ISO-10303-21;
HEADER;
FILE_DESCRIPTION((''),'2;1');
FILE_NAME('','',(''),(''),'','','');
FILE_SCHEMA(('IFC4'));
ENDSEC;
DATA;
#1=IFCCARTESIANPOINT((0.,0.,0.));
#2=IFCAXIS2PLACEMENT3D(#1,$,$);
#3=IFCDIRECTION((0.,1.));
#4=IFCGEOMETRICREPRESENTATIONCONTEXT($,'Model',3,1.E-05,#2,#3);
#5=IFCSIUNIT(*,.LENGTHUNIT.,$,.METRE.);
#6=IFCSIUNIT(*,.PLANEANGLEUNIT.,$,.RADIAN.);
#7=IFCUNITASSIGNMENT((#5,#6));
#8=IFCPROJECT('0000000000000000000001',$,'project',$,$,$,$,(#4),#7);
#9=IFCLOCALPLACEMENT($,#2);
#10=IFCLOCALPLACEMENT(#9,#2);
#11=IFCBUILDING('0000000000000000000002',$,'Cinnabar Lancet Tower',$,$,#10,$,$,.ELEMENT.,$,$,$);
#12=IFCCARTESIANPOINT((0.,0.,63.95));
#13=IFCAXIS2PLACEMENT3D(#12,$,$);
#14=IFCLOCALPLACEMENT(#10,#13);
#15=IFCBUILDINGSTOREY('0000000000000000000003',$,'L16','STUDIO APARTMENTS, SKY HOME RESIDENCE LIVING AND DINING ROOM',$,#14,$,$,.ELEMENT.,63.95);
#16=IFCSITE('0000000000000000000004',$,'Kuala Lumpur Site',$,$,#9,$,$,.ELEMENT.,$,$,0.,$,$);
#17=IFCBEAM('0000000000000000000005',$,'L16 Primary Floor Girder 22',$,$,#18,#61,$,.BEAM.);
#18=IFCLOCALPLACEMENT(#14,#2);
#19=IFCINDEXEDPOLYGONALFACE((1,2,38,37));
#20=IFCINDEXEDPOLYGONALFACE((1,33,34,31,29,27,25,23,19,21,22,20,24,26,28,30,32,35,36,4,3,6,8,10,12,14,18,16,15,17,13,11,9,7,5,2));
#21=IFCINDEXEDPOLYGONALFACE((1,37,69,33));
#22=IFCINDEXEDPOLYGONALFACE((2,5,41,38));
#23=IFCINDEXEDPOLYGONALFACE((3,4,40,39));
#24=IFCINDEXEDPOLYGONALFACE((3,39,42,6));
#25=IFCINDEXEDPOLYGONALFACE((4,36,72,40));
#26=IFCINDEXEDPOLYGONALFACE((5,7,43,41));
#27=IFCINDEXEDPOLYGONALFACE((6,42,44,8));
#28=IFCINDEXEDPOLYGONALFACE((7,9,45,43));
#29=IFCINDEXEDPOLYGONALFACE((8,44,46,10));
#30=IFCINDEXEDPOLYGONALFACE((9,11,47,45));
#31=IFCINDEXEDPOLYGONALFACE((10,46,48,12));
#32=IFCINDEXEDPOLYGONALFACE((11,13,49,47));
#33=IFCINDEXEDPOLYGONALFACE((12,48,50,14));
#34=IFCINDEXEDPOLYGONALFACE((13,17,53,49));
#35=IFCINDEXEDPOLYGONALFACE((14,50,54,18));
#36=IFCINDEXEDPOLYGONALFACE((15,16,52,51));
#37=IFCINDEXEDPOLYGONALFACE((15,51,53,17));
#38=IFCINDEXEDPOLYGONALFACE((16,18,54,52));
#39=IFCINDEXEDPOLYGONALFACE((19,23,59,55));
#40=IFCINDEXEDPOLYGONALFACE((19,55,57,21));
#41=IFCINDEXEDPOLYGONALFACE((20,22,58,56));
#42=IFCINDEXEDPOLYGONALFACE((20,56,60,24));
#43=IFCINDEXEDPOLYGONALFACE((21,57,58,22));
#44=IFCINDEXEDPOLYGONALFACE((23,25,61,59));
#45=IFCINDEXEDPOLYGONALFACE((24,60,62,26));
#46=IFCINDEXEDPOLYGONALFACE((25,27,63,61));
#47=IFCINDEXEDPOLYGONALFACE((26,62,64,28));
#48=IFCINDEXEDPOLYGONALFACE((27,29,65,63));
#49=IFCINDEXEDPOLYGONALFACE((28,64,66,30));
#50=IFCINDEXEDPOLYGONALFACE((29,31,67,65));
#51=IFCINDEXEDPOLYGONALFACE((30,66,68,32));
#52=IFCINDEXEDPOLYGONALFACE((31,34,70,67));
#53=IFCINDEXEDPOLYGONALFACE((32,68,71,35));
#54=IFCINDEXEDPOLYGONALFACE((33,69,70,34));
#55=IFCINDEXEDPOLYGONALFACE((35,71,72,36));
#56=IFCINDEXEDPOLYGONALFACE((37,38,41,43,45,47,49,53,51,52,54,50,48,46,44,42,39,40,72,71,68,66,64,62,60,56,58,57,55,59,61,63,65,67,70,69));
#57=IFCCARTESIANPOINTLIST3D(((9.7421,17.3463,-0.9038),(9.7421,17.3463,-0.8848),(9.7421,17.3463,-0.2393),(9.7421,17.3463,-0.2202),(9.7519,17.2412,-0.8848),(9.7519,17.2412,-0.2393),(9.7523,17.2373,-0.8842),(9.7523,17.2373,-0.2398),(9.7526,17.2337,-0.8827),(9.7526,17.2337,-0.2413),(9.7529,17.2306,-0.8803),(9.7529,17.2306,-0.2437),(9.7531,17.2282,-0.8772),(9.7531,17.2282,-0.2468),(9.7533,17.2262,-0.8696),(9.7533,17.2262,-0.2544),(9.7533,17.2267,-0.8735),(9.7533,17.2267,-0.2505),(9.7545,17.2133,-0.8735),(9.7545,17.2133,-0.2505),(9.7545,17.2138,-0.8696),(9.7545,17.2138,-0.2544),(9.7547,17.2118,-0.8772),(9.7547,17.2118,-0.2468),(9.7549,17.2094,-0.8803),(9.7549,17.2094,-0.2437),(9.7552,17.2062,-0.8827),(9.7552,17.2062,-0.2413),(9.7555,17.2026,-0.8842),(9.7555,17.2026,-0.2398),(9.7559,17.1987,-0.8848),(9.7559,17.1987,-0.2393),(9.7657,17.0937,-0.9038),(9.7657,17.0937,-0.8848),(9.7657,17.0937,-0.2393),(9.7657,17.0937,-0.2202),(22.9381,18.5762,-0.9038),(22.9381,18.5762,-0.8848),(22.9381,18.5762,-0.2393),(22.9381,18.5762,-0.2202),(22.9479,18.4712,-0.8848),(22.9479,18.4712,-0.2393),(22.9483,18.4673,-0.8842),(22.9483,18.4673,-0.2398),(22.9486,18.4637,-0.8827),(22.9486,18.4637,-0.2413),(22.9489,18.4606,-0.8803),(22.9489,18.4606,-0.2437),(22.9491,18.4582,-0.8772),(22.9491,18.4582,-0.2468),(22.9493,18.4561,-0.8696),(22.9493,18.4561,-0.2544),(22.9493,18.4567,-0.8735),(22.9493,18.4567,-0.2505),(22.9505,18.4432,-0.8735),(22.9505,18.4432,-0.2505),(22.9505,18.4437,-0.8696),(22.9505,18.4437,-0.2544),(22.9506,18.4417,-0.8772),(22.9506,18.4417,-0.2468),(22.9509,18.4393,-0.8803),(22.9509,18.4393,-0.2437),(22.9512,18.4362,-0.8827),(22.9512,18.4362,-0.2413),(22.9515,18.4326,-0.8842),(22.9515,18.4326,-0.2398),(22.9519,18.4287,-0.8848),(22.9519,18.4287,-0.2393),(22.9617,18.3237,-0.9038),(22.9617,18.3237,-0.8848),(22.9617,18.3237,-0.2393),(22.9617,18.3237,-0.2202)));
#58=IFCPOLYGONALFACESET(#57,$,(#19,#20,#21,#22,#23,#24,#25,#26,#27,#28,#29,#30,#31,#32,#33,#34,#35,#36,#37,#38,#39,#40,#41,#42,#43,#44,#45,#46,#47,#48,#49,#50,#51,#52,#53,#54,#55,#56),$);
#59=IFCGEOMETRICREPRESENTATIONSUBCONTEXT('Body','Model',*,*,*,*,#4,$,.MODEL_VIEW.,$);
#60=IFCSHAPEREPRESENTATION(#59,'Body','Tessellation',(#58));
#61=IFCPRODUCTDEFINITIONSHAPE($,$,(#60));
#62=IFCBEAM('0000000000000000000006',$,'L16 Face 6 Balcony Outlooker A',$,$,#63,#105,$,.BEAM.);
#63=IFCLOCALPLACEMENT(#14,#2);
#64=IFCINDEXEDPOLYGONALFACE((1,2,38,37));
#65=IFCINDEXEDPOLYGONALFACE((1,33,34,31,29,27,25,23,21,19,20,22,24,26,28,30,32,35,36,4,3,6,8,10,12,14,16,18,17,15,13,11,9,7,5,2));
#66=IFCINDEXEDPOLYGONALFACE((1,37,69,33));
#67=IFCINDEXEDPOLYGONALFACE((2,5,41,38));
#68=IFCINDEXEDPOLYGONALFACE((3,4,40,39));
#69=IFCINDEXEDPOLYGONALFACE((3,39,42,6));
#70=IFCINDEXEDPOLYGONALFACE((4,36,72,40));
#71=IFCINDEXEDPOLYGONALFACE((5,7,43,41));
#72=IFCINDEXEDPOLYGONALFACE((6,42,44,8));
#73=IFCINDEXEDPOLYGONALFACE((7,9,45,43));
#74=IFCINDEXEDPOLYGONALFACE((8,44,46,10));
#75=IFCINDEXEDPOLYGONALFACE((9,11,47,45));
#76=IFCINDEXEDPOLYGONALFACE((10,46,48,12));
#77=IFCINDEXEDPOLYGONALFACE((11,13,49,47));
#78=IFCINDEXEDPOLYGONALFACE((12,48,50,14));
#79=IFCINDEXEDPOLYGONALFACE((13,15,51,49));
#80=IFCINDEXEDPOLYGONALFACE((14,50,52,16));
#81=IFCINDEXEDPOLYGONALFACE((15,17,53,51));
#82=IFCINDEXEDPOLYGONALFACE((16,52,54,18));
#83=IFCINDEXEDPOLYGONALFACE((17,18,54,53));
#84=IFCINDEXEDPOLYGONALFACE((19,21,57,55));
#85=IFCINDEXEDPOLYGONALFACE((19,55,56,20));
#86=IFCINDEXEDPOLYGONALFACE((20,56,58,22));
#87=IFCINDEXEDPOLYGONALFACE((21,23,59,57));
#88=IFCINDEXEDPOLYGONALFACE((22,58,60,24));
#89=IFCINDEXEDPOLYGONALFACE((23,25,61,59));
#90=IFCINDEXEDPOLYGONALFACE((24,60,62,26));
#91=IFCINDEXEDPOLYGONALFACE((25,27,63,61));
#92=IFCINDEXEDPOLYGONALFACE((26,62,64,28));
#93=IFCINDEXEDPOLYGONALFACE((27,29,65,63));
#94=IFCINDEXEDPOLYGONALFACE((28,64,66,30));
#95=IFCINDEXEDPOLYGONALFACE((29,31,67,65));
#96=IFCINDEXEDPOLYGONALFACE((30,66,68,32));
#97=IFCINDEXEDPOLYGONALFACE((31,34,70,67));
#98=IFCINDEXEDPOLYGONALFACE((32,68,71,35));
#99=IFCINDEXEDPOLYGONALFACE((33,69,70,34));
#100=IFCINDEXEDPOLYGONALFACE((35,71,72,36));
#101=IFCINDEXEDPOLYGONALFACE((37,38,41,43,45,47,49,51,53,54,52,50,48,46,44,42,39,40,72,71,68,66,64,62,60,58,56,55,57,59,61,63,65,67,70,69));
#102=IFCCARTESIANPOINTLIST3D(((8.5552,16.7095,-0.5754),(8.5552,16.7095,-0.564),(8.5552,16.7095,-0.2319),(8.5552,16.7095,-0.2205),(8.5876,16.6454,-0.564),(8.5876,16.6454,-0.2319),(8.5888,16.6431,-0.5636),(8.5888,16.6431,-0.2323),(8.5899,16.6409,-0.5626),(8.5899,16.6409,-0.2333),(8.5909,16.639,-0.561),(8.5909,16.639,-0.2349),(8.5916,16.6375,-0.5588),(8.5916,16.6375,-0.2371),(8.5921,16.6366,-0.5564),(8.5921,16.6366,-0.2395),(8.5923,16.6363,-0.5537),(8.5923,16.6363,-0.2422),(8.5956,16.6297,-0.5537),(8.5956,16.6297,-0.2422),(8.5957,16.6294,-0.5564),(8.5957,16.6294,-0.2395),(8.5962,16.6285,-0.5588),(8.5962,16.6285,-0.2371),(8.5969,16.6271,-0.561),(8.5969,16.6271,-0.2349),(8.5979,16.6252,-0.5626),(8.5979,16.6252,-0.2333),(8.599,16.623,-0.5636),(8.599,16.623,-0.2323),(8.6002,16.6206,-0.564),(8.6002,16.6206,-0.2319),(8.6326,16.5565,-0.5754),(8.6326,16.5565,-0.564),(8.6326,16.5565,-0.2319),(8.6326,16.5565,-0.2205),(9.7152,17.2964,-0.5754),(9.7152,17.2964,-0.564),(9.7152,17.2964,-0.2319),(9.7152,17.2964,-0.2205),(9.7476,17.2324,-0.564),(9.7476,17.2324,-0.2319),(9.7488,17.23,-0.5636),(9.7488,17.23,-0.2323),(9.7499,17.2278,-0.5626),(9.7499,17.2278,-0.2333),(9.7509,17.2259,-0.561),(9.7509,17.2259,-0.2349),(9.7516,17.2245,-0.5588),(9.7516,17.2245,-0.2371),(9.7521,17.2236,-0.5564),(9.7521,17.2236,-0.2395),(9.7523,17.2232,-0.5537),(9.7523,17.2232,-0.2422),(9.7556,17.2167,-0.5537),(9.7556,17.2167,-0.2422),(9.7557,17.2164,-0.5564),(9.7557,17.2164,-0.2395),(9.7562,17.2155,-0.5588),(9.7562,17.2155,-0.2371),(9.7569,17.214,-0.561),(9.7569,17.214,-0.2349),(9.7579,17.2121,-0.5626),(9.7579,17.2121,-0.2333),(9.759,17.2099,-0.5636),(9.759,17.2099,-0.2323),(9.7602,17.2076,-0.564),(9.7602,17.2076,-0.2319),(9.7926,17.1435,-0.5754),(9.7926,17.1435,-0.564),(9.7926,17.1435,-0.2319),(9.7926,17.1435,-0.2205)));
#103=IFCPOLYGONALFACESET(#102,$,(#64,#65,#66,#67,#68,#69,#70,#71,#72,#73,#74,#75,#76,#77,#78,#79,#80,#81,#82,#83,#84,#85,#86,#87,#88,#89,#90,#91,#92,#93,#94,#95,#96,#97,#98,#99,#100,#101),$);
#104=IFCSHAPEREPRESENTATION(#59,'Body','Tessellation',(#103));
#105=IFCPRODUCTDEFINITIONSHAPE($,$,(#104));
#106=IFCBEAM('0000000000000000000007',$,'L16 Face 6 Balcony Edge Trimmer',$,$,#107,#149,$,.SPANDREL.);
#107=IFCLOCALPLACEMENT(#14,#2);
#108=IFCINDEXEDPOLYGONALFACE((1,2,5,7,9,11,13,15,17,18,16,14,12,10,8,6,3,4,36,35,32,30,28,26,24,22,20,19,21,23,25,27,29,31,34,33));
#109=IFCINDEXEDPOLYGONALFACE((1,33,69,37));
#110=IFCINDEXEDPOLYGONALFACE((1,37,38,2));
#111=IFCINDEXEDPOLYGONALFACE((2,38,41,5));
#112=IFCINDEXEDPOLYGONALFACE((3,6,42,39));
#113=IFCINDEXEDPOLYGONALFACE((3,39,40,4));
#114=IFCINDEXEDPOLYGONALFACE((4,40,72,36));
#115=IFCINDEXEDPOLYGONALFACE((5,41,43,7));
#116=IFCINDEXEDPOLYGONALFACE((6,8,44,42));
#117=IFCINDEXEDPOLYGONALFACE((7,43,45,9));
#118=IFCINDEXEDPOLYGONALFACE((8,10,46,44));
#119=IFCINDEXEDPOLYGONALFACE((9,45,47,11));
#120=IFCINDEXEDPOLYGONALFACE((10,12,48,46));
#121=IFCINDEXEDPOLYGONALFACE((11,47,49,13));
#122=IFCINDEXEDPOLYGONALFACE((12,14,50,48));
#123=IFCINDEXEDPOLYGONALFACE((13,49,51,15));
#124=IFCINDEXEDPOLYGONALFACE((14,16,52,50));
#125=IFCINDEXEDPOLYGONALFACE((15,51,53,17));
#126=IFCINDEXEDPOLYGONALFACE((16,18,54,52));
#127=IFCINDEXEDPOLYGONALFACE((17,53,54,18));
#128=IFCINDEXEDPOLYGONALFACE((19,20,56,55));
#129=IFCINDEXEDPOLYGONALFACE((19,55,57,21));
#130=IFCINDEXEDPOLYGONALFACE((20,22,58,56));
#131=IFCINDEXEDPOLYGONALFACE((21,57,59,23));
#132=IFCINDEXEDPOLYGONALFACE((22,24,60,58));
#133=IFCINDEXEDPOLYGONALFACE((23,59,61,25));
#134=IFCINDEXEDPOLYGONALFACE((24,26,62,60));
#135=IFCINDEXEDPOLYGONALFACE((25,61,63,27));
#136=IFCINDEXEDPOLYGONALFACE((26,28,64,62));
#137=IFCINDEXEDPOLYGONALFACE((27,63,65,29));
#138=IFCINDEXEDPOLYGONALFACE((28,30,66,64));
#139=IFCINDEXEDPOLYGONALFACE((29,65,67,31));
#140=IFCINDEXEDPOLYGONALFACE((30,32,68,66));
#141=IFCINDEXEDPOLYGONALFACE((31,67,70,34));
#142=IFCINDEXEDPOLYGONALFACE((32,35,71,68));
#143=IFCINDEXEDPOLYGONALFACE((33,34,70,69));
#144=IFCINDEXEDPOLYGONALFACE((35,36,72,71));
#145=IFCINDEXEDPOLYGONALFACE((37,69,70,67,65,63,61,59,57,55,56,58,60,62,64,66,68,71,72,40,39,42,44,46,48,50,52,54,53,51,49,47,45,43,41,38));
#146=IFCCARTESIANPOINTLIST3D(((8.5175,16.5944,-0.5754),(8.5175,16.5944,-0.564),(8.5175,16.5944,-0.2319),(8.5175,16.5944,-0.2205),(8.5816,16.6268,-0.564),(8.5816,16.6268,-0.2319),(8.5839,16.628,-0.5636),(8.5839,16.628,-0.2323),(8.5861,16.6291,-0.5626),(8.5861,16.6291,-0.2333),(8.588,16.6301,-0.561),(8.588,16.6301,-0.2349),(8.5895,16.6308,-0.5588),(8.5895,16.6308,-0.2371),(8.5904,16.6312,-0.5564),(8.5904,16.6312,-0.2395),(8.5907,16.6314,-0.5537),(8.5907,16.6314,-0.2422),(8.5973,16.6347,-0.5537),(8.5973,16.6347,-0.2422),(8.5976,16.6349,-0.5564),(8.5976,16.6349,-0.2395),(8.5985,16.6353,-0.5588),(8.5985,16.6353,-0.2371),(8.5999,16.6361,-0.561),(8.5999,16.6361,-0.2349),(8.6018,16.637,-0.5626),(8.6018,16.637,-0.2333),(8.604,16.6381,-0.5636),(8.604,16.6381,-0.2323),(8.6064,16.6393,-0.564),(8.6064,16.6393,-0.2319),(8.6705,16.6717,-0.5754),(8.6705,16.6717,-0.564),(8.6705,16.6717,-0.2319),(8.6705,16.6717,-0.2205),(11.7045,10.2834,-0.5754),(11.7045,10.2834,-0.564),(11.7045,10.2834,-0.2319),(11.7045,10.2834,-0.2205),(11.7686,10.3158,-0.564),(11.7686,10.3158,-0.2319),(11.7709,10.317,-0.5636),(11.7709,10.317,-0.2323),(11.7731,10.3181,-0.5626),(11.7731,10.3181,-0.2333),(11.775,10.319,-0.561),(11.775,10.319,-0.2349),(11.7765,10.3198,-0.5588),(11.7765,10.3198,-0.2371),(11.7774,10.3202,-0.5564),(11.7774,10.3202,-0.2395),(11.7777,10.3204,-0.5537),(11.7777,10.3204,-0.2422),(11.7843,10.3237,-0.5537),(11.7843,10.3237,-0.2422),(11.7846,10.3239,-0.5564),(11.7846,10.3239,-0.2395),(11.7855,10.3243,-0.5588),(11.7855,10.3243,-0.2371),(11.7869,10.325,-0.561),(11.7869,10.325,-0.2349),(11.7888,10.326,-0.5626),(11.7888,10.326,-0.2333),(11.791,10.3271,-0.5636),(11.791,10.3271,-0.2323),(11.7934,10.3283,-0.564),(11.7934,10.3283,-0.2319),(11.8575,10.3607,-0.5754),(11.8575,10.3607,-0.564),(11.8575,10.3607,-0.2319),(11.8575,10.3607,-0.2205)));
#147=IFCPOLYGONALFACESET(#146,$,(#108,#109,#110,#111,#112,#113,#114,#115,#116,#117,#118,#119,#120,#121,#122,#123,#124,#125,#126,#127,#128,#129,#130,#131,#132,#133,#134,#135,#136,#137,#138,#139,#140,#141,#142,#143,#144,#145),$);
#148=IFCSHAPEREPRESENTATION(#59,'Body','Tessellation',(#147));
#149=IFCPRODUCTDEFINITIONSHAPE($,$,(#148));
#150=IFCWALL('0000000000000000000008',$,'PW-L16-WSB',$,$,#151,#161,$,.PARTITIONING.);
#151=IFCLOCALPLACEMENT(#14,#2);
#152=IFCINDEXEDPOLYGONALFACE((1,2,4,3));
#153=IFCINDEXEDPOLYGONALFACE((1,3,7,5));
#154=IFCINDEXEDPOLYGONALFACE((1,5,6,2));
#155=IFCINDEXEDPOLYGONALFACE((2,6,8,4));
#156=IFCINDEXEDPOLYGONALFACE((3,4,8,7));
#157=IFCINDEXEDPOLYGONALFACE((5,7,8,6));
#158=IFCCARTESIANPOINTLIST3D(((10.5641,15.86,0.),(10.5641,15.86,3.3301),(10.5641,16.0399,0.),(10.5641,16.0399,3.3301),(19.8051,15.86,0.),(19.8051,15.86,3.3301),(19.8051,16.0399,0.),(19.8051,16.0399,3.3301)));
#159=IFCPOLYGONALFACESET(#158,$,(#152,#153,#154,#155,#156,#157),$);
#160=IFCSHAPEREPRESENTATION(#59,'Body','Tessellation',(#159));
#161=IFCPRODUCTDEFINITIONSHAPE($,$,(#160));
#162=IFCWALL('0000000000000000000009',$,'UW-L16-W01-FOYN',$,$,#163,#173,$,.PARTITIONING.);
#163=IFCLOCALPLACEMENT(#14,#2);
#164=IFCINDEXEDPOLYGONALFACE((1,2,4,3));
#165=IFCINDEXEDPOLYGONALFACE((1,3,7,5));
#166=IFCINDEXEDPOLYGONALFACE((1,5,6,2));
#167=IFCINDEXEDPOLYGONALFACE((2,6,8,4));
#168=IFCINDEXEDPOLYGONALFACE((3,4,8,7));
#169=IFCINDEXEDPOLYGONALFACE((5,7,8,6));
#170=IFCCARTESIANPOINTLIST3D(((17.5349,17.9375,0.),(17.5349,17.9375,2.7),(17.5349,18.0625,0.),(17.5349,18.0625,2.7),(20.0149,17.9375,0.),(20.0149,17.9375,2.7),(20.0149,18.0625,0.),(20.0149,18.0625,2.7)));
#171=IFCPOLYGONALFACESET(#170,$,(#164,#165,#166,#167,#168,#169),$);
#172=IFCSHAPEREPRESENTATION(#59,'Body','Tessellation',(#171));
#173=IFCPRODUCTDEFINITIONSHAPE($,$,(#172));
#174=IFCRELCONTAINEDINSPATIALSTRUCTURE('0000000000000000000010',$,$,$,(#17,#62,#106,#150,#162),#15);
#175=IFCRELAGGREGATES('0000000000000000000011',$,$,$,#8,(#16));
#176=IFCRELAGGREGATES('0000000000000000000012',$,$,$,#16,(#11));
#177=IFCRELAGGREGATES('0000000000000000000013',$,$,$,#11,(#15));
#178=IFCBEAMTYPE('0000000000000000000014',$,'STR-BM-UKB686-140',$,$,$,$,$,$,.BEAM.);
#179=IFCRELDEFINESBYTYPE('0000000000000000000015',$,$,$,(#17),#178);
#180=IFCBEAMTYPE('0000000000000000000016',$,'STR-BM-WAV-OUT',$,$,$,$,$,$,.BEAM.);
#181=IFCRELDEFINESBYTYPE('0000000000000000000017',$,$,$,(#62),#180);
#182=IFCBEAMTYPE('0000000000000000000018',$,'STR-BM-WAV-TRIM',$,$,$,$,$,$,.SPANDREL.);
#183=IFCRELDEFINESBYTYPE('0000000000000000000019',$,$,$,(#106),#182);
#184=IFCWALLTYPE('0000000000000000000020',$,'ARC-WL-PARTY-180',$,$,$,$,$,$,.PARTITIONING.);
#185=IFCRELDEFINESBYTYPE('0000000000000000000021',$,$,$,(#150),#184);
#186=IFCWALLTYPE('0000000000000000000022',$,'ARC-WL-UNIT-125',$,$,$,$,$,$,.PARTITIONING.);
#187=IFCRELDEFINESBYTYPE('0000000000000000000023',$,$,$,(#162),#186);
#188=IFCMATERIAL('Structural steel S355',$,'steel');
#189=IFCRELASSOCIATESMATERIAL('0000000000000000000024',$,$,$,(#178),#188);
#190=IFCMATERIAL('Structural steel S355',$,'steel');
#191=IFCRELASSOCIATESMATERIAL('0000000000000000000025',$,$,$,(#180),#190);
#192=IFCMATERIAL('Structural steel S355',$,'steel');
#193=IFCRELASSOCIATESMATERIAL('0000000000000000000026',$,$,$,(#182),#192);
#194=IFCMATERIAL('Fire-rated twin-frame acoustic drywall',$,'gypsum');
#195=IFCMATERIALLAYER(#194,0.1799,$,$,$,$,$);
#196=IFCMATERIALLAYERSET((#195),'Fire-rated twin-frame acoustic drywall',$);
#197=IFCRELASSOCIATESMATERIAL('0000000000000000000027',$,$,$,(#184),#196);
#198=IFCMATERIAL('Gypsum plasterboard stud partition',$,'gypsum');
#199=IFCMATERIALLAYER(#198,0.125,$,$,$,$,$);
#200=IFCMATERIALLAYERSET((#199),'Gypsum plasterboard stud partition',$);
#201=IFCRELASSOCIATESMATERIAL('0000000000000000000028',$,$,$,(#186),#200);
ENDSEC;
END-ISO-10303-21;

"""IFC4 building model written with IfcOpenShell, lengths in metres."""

from ifc_helpers import new_model, si_unit, direction, frame, frame_2d, origin, origin_2d, place, context, subcontext, project, spatial, rectangle, i_section, extrude, material, layer, layer_set, material_profile, profile_set, type_object, element, save


model = new_model("IFC4")

# Units and contexts
model_context = context("Model", 3, precision=1e-05, world=origin(), true_north=direction((0.0, 1.0)))
body_context = subcontext(model_context, "Body", "Model", "MODEL_VIEW")
ifc_project = project(units=[si_unit("LENGTHUNIT", "METRE"), si_unit("PLANEANGLEUNIT", "RADIAN")], contexts=[model_context])

# Site, building, storey
site_placement = place(None, origin())
site = spatial("IfcSite", under=ifc_project, at=site_placement, Name="Kuala Lumpur Site", CompositionType="ELEMENT", RefElevation=0.0)
building_placement = place(site_placement, origin())
building = spatial("IfcBuilding", under=site, at=building_placement, Name="Cinnabar Lancet Tower", CompositionType="ELEMENT")
storey_placement = place(building_placement, frame((0.0, 0.0, 63.95)))
storey = spatial("IfcBuildingStorey", under=building, at=storey_placement, Name="L16", Description="STUDIO APARTMENTS, SKY HOME RESIDENCE LIVING AND DINING ROOM", CompositionType="ELEMENT", Elevation=63.95)

# Beams
ifc_material_1 = material(Name="Structural steel S355", Category="steel")
ifc_material_profile_1 = material_profile(ifc_material_1, i_section(OverallWidth=0.2537, OverallDepth=0.6836, WebThickness=0.0125, FlangeThickness=0.019, FilletRadius=0.0151, at=origin_2d()), Name="UKB 686x254x140")
ifc_profile_set_1 = profile_set([ifc_material_profile_1], Name="Structural steel S355")
beam_type_1 = type_object("IfcBeamType", Name="STR-BM-UKB686-140", PredefinedType="BEAM", material=ifc_profile_set_1)
beam_1_placement = place(storey_placement, frame((9.7539, 17.22, -0.562), z_axis=(0.995684, 0.092806, 0.0), x_axis=(-0.092806, 0.995684, 0.0)))
element("IfcBeam", 1, at=beam_1_placement, inside=storey, type_object=beam_type_1, Name="L16 Primary Floor Girder 22", PredefinedType="BEAM", context=body_context, shape_type="SweptSolid", body=[
    extrude(i_section(OverallWidth=0.2537, OverallDepth=0.6836, WebThickness=0.0125, FlangeThickness=0.019, FilletRadius=0.0151, at=origin_2d()), origin(), (0.0, 0.0, 1.0), 13.2532),
])
ifc_material_2 = material(Name="Structural steel S355", Category="steel")
ifc_material_profile_2 = material_profile(ifc_material_2, i_section(OverallWidth=0.1714, OverallDepth=0.355, WebThickness=0.0073, FlangeThickness=0.0115, FilletRadius=0.0103, at=origin_2d()), Name="UKB 356x171x51")
ifc_profile_set_2 = profile_set([ifc_material_profile_2], Name="Structural steel S355")
beam_type_2 = type_object("IfcBeamType", Name="STR-BM-WAV-OUT", PredefinedType="BEAM", material=ifc_profile_set_2)
beam_2_placement = place(storey_placement, frame((9.7539, 17.22, -0.3979), z_axis=(-0.892276, -0.45149, 0.0), x_axis=(0.45149, -0.892276, 0.0)))
element("IfcBeam", 2, at=beam_2_placement, inside=storey, type_object=beam_type_2, Name="L16 Face 6 Balcony Outlooker A", PredefinedType="BEAM", context=body_context, shape_type="SweptSolid", body=[
    extrude(i_section(OverallWidth=0.1714, OverallDepth=0.355, WebThickness=0.0073, FlangeThickness=0.0115, FilletRadius=0.0103, at=origin_2d()), origin(), (0.0, 0.0, 1.0), 1.3),
])
ifc_material_3 = material(Name="Structural steel S355", Category="steel")
ifc_material_profile_3 = material_profile(ifc_material_3, i_section(OverallWidth=0.1714, OverallDepth=0.355, WebThickness=0.0073, FlangeThickness=0.0115, FilletRadius=0.0103, at=origin_2d()), Name="UKB 356x171x51")
ifc_profile_set_3 = profile_set([ifc_material_profile_3], Name="Structural steel S355")
beam_type_3 = type_object("IfcBeamType", Name="STR-BM-WAV-TRIM", PredefinedType="SPANDREL", material=ifc_profile_set_3)
beam_3_placement = place(storey_placement, frame((8.594, 16.6331, -0.3979), z_axis=(0.450774, -0.892638, 0.0), x_axis=(0.892638, 0.450774, 0.0)))
element("IfcBeam", 3, at=beam_3_placement, inside=storey, type_object=beam_type_3, Name="L16 Face 6 Balcony Edge Trimmer", PredefinedType="SPANDREL", context=body_context, shape_type="SweptSolid", body=[
    extrude(i_section(OverallWidth=0.1714, OverallDepth=0.355, WebThickness=0.0073, FlangeThickness=0.0115, FilletRadius=0.0103, at=origin_2d()), origin(), (0.0, 0.0, 1.0), 7.0701),
])

# Walls
ifc_material_4 = material(Name="Fire-rated twin-frame acoustic drywall", Category="gypsum")
ifc_layer_1 = layer(ifc_material_4, 0.1799)
ifc_layer_set_1 = layer_set([ifc_layer_1], Name="Fire-rated twin-frame acoustic drywall")
wall_type_1 = type_object("IfcWallType", Name="ARC-WL-PARTY-180", PredefinedType="PARTITIONING", material=ifc_layer_set_1)
wall_1_placement = place(storey_placement, frame((10.564, 15.95, 0.0), z_axis=(0.0, 0.0, 1.0), x_axis=(1.0, 0.0, 0.0)))
element("IfcWall", 4, at=wall_1_placement, inside=storey, type_object=wall_type_1, Name="PW-L16-WSB", PredefinedType="PARTITIONING", context=body_context, shape_type="SweptSolid", body=[
    extrude(rectangle(XDim=9.241, YDim=0.1799, at=frame_2d((4.6206, 0.0))), origin(), (0.0, 0.0, 1.0), 3.3301),
])
ifc_material_5 = material(Name="Gypsum plasterboard stud partition", Category="gypsum")
ifc_layer_2 = layer(ifc_material_5, 0.125)
ifc_layer_set_2 = layer_set([ifc_layer_2], Name="Gypsum plasterboard stud partition")
wall_type_2 = type_object("IfcWallType", Name="ARC-WL-UNIT-125", PredefinedType="PARTITIONING", material=ifc_layer_set_2)
wall_2_placement = place(storey_placement, frame((17.5349, 18.0, 0.0), z_axis=(0.0, 0.0, 1.0), x_axis=(1.0, 0.0, 0.0)))
element("IfcWall", 5, at=wall_2_placement, inside=storey, type_object=wall_type_2, Name="UW-L16-W01-FOYN", PredefinedType="PARTITIONING", context=body_context, shape_type="SweptSolid", body=[
    extrude(rectangle(XDim=2.48, YDim=0.125, at=frame_2d((1.24, 0.0))), origin(), (0.0, 0.0, 1.0), 2.7),
])

save(model, "model.ifc")
